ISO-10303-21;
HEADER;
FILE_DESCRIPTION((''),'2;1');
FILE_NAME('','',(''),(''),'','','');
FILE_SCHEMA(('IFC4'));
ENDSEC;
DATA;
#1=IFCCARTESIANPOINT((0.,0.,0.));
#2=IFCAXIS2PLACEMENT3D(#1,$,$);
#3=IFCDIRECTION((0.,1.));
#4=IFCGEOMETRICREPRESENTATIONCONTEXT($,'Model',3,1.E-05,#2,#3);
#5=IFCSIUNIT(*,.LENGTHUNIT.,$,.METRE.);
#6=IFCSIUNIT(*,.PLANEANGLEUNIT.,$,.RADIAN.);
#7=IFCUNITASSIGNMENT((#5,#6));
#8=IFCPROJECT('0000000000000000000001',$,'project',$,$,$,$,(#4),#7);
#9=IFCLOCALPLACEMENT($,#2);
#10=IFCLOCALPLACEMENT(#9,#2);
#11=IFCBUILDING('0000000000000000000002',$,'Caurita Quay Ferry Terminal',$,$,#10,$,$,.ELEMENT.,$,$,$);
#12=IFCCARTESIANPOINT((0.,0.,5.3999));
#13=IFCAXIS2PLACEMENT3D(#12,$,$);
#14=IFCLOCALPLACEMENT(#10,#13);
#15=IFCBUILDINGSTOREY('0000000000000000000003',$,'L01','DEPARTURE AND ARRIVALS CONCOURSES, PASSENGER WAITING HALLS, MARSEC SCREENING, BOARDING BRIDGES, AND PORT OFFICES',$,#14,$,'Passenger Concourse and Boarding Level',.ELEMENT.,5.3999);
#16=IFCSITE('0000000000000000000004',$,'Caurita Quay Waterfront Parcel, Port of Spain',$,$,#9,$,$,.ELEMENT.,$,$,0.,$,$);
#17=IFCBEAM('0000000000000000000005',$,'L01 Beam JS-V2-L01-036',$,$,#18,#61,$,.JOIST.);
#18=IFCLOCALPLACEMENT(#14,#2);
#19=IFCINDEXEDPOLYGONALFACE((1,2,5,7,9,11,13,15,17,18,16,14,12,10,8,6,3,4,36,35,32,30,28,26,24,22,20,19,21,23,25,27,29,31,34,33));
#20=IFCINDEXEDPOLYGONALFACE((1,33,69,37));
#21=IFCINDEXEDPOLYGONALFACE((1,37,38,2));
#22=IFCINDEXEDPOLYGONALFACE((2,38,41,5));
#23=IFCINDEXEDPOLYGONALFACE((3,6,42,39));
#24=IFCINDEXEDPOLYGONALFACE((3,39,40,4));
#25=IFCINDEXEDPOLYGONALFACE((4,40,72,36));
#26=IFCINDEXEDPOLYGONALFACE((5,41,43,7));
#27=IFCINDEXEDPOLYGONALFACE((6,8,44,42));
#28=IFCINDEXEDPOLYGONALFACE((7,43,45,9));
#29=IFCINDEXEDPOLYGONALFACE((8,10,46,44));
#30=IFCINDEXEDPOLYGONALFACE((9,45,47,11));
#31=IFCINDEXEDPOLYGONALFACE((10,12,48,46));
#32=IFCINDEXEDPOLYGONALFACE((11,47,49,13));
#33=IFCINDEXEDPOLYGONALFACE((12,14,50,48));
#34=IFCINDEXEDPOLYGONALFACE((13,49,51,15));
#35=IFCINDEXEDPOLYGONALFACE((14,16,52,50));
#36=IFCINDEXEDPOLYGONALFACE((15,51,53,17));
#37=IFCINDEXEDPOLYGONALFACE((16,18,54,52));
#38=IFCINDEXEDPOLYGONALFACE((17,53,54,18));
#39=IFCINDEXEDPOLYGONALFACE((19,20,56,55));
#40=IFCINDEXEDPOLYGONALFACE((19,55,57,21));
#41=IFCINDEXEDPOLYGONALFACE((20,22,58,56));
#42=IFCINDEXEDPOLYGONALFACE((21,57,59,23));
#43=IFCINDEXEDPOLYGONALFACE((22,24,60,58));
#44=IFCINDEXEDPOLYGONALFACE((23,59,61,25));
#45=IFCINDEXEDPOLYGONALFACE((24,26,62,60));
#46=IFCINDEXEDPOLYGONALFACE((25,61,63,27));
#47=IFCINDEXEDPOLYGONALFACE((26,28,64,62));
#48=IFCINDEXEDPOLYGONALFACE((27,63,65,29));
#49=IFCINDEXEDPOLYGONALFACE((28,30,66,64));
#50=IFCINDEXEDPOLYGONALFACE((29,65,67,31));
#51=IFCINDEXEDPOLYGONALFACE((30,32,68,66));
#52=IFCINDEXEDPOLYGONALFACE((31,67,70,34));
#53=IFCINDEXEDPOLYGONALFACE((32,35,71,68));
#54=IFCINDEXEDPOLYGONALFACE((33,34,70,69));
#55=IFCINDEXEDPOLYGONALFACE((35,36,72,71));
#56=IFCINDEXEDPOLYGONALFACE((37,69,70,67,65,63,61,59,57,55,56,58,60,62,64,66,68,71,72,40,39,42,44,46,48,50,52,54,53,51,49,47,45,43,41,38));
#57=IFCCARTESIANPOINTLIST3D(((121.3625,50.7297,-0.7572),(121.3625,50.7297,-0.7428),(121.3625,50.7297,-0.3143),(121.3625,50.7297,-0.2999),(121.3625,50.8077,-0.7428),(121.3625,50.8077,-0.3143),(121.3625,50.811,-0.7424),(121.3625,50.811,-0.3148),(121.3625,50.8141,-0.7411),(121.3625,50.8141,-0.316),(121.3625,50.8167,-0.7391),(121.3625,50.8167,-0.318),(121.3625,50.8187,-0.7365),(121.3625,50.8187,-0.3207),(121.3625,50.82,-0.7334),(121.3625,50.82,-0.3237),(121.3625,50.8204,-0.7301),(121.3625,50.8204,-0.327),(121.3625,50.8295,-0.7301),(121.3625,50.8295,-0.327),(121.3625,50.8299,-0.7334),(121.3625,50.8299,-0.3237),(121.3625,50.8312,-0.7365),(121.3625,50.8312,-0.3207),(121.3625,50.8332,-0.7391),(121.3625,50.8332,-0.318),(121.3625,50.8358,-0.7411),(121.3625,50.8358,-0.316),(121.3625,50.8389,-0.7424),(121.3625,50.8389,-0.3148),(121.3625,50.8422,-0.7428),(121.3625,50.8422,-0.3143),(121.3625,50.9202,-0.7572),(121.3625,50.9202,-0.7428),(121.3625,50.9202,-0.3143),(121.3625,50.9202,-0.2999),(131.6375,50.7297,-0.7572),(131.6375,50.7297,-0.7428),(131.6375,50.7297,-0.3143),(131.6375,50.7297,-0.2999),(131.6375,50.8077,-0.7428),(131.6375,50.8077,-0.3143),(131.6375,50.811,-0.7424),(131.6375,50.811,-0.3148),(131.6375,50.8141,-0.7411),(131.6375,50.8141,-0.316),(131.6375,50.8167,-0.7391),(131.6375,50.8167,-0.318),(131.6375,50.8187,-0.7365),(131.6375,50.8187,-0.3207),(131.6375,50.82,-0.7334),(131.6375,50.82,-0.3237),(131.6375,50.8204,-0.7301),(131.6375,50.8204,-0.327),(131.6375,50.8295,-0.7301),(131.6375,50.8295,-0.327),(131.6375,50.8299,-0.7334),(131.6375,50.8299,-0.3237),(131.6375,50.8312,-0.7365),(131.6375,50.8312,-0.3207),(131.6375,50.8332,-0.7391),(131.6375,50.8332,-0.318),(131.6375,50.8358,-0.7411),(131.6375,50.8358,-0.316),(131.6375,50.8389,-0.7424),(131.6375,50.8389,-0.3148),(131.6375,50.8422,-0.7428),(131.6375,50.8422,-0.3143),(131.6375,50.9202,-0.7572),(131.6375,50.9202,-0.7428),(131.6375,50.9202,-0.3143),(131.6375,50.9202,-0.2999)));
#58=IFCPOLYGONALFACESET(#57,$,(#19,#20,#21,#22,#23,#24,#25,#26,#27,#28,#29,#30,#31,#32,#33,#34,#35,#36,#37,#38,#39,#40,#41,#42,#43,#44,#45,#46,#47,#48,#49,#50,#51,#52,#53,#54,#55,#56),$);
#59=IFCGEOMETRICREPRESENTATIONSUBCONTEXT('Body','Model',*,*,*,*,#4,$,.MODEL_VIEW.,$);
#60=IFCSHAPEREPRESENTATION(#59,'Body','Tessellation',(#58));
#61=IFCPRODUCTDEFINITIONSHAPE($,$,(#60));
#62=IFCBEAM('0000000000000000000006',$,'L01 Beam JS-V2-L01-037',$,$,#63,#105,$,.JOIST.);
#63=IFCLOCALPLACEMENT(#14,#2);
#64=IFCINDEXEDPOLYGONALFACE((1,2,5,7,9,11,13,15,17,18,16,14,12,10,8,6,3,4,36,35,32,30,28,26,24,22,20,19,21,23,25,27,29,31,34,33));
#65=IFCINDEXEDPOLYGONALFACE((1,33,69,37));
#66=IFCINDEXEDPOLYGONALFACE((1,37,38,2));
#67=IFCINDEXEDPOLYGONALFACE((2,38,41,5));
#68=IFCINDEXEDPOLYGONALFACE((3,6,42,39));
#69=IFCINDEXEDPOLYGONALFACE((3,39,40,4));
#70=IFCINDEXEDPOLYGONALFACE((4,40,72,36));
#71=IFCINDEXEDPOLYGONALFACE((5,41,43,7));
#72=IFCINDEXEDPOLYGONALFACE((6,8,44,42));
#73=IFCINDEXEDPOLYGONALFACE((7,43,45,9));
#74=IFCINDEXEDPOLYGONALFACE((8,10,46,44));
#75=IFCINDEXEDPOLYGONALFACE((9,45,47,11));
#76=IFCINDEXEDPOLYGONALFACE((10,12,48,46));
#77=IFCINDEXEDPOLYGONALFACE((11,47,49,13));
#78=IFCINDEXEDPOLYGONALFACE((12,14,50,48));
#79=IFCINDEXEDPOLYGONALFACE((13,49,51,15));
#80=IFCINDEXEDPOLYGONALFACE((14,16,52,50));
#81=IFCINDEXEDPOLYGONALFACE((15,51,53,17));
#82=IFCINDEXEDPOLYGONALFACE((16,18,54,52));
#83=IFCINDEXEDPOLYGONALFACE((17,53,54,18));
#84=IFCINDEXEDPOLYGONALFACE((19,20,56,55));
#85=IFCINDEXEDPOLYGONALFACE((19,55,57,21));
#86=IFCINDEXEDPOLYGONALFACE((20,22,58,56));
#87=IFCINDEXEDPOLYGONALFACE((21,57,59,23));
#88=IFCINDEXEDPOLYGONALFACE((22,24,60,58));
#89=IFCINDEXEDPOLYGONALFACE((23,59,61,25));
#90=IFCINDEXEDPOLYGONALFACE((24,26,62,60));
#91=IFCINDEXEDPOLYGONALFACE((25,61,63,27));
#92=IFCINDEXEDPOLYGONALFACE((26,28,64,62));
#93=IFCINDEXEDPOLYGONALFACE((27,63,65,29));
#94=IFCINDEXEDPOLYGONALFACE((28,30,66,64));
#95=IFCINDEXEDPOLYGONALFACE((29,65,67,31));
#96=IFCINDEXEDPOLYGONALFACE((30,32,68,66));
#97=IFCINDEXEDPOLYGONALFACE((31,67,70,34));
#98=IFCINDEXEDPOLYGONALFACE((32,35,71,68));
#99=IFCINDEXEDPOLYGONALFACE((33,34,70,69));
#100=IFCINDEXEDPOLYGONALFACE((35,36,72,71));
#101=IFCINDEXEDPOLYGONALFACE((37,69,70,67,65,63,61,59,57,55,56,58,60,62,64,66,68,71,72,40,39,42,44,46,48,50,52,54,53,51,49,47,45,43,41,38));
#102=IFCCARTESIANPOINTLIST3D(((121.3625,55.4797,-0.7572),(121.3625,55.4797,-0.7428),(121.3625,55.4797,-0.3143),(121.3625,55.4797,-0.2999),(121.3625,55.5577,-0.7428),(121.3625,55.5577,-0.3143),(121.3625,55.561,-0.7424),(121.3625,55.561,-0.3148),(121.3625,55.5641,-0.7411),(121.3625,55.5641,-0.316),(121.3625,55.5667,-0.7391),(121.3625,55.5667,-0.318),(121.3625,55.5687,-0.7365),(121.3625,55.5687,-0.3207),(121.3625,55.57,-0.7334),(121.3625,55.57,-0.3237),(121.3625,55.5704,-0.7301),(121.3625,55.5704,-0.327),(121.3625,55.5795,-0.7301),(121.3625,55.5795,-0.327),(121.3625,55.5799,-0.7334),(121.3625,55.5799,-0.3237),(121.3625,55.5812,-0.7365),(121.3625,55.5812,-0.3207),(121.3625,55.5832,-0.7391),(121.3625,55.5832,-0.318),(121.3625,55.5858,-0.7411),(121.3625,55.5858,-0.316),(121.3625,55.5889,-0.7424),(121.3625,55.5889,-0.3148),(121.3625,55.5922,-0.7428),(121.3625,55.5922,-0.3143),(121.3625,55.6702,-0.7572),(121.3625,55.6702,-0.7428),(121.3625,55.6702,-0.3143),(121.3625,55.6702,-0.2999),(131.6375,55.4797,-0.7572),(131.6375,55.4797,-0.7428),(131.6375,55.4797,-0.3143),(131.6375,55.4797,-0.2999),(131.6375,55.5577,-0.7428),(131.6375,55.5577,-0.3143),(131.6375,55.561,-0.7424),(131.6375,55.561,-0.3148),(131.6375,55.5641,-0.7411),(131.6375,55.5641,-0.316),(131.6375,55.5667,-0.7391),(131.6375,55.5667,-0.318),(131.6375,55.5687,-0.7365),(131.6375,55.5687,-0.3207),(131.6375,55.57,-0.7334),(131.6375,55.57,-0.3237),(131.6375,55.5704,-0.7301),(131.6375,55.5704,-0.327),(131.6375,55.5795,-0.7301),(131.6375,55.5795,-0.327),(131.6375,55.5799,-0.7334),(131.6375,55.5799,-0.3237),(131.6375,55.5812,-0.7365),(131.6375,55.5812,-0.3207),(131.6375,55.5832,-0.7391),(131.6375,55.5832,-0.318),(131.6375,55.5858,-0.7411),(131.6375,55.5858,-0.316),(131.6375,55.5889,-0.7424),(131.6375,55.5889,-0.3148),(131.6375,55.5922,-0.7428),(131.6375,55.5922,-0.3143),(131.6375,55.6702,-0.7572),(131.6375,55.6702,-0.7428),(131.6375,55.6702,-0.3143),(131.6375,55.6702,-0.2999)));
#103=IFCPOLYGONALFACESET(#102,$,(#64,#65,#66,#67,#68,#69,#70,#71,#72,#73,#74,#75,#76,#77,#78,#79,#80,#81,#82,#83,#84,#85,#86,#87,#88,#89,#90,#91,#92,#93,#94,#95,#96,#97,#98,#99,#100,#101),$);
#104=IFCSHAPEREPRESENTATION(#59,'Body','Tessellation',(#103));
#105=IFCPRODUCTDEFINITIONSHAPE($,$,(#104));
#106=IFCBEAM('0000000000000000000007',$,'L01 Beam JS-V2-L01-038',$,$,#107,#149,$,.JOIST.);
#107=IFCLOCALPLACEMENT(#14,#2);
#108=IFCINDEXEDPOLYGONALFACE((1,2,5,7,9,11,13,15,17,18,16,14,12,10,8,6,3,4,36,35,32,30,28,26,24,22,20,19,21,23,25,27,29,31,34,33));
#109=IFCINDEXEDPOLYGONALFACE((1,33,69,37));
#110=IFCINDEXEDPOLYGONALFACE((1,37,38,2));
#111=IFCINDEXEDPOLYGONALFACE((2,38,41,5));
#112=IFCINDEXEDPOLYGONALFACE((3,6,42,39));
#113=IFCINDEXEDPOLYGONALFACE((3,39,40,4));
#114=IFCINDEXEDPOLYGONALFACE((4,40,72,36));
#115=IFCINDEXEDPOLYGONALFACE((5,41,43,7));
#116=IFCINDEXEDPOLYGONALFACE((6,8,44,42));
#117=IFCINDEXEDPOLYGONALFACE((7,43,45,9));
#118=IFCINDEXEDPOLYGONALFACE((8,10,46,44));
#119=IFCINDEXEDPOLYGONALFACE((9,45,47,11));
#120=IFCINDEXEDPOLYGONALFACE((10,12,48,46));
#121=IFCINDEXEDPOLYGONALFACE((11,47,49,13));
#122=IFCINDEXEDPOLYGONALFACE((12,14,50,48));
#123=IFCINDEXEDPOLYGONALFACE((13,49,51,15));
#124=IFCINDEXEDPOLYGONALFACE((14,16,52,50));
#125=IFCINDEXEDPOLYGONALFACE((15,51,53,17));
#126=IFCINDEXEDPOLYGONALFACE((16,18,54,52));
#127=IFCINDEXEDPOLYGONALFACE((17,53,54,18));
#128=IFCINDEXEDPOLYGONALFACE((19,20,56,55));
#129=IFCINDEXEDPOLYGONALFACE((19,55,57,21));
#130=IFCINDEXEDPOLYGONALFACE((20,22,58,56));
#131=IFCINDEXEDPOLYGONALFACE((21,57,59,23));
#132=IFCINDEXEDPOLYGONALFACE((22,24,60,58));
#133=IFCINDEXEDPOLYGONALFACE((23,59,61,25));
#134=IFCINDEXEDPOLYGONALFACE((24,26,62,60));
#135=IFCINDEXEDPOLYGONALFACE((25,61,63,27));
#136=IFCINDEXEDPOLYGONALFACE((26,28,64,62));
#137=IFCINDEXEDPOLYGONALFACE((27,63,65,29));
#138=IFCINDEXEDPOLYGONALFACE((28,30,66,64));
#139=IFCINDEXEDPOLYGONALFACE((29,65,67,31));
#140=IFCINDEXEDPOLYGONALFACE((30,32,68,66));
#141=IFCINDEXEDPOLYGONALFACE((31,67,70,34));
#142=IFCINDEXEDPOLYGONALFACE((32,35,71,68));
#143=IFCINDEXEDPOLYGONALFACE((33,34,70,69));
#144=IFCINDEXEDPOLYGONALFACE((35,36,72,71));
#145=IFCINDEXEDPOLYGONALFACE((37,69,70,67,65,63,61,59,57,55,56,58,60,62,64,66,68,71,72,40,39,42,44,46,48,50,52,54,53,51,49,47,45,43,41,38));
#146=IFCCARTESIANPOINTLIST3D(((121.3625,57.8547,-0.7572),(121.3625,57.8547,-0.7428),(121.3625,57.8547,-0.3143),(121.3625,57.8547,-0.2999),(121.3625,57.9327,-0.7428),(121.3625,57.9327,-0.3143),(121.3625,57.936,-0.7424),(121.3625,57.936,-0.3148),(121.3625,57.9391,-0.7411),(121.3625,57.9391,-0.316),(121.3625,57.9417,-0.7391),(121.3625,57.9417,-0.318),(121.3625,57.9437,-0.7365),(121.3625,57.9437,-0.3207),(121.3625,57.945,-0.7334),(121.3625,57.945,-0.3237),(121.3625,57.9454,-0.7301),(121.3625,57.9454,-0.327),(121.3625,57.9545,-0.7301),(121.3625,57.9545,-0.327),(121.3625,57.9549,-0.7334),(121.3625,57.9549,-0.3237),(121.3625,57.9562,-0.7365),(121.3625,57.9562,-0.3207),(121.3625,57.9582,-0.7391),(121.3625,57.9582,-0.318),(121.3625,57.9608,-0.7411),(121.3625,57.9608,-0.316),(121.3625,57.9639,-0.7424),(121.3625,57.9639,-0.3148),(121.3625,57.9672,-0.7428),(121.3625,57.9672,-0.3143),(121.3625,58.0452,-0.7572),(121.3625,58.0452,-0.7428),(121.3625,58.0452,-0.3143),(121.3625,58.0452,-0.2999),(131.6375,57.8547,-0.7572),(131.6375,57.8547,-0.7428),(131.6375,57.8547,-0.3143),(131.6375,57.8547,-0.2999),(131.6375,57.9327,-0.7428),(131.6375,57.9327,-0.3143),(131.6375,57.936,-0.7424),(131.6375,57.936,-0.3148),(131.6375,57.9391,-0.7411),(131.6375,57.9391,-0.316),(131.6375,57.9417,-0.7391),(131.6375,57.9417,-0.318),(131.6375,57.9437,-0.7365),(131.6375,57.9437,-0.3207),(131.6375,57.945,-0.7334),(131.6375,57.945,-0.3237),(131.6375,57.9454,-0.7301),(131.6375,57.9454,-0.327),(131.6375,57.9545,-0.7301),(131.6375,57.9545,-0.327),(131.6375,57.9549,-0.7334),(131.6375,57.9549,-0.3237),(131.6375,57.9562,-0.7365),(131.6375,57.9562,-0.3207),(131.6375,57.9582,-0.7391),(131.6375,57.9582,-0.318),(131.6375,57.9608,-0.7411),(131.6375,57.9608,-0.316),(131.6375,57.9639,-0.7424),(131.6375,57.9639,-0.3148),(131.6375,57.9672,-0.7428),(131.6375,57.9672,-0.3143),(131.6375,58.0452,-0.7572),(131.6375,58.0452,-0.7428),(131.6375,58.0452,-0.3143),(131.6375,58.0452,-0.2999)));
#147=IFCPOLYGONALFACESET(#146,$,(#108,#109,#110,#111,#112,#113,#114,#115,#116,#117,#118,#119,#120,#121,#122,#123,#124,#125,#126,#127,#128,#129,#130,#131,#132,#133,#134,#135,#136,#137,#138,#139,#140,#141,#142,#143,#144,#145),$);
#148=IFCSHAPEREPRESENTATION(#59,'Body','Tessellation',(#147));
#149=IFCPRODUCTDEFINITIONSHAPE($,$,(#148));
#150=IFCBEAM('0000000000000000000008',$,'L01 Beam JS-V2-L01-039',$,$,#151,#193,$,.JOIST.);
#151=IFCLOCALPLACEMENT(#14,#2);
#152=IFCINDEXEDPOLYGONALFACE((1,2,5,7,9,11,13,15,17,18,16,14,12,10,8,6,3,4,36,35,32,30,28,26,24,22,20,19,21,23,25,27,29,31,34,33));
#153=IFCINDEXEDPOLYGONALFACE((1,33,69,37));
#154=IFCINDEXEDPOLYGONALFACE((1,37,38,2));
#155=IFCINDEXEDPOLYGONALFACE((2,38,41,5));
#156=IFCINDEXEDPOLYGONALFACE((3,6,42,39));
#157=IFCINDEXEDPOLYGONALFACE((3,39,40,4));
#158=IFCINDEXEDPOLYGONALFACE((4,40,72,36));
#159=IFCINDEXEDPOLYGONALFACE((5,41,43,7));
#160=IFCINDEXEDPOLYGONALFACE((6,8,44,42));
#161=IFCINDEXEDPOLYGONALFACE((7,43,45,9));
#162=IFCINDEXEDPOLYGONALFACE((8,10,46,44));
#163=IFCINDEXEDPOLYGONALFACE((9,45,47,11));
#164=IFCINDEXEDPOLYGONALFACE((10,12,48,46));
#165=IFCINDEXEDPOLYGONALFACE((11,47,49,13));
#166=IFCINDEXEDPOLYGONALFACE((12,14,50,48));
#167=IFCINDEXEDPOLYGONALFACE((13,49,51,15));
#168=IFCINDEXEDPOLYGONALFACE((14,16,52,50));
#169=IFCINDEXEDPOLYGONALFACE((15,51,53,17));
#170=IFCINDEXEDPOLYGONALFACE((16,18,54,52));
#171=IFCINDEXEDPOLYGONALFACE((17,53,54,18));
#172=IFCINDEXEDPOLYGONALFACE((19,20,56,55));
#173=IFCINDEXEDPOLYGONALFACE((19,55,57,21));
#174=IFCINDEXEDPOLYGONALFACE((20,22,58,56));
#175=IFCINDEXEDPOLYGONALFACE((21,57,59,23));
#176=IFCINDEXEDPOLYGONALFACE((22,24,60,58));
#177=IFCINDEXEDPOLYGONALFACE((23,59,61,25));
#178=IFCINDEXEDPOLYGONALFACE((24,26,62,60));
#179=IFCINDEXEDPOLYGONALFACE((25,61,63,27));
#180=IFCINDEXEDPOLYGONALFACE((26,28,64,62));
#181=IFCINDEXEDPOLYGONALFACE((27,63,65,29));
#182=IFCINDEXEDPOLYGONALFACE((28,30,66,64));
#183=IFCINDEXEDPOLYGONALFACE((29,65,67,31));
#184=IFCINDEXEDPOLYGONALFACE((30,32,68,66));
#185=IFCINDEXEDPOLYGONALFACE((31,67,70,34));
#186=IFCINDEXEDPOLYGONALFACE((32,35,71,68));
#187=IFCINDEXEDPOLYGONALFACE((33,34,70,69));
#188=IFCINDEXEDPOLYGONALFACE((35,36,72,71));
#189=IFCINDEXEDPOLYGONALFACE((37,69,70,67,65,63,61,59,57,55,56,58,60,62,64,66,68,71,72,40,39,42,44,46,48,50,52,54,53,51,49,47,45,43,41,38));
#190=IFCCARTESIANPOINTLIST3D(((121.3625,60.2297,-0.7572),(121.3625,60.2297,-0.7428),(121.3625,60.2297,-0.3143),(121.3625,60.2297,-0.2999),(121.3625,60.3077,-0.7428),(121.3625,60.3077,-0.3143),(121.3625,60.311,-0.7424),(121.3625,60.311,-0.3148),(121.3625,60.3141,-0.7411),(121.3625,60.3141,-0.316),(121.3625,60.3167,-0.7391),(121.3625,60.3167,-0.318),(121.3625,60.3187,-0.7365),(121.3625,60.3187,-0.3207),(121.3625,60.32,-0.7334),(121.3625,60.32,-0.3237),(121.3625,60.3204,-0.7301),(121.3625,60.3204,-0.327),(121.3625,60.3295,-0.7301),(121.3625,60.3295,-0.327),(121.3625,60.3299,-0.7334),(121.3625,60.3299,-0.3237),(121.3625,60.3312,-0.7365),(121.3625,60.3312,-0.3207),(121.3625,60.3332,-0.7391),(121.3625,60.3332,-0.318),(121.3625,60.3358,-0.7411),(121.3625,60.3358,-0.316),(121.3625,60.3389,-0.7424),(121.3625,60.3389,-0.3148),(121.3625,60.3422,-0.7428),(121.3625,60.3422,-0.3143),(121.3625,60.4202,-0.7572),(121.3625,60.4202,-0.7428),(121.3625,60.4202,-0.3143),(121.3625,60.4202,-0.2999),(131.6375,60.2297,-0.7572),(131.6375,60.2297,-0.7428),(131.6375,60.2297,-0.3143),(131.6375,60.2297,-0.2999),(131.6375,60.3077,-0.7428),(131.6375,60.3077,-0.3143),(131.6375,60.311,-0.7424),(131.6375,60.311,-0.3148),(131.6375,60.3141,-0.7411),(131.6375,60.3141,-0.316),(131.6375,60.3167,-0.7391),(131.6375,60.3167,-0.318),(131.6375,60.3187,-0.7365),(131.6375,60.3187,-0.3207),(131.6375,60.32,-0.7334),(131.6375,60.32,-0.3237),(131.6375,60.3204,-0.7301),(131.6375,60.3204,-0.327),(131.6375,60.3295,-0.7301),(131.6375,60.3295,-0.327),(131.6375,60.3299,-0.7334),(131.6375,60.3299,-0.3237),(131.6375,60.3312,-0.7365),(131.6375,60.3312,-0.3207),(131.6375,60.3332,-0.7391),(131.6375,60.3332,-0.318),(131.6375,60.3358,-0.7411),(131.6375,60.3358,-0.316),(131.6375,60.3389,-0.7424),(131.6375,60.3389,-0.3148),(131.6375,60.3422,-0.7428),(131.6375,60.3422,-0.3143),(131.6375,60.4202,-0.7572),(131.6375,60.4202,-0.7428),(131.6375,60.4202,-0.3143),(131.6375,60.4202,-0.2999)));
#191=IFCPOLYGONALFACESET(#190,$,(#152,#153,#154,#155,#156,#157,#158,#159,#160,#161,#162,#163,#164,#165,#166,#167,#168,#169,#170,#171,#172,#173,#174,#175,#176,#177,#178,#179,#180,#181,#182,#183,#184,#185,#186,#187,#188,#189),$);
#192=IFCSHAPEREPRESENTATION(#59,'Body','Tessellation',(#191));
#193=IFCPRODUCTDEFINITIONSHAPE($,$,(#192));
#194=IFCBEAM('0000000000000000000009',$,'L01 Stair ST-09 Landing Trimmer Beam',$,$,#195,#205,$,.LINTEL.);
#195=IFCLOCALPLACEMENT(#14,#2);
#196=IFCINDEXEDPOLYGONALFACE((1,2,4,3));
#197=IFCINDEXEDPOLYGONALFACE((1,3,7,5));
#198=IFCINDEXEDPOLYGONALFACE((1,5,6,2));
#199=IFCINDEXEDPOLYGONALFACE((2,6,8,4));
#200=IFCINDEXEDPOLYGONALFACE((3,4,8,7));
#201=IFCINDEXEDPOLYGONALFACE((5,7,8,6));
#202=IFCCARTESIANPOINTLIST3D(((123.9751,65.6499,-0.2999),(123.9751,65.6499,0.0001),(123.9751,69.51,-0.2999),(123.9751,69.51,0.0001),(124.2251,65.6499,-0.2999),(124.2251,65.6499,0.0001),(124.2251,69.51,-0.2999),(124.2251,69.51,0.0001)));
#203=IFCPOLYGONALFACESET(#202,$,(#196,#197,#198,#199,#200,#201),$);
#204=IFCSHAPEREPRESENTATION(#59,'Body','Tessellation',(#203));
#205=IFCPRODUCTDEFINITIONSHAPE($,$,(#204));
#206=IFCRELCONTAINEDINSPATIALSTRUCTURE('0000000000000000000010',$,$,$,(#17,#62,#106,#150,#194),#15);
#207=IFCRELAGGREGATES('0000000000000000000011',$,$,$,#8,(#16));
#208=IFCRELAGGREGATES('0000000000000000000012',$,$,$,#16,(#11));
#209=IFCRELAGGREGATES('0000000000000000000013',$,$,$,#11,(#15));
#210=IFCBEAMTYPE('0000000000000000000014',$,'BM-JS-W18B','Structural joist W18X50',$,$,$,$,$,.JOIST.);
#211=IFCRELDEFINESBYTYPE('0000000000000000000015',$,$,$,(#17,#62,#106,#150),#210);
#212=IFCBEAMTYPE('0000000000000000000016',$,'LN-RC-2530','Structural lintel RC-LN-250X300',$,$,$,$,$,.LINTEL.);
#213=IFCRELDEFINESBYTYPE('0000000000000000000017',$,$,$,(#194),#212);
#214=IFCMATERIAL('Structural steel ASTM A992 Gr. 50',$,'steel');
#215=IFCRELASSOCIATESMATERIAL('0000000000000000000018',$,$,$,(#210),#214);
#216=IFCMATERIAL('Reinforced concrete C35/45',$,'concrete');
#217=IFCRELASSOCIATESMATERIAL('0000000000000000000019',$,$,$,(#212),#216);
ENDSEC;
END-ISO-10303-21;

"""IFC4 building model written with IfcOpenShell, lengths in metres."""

from ifc_helpers import new_model, si_unit, direction, frame, origin, origin_2d, place, context, subcontext, project, spatial, rectangle, i_section, extrude, material, material_profile, profile_set, type_object, element, save


model = new_model("IFC4")

# Units and contexts
model_context = context("Model", 3, precision=1e-05, world=origin(), true_north=direction((0.0, 1.0)))
body_context = subcontext(model_context, "Body", "Model", "MODEL_VIEW")
ifc_project = project(units=[si_unit("LENGTHUNIT", "METRE"), si_unit("PLANEANGLEUNIT", "RADIAN")], contexts=[model_context])

# Site, building, storey
site_placement = place(None, origin())
site = spatial("IfcSite", under=ifc_project, at=site_placement, Name="Caurita Quay Waterfront Parcel, Port of Spain", CompositionType="ELEMENT", RefElevation=0.0)
building_placement = place(site_placement, origin())
building = spatial("IfcBuilding", under=site, at=building_placement, Name="Caurita Quay Ferry Terminal", CompositionType="ELEMENT")
storey_placement = place(building_placement, frame((0.0, 0.0, 5.3999)))
storey = spatial("IfcBuildingStorey", under=building, at=storey_placement, Name="L01", Description="DEPARTURE AND ARRIVALS CONCOURSES, PASSENGER WAITING HALLS, MARSEC SCREENING, BOARDING BRIDGES, AND PORT OFFICES", LongName="Passenger Concourse and Boarding Level", CompositionType="ELEMENT", Elevation=5.3999)

# Beams
ifc_material_1 = material(Name="Structural steel ASTM A992 Gr. 50", Category="steel")
ifc_material_profile_1 = material_profile(ifc_material_1, i_section(OverallWidth=0.1904, OverallDepth=0.4573, WebThickness=0.009, FlangeThickness=0.0144, FilletRadius=0.0127, at=origin_2d()), Name="W18X50")
ifc_profile_set_1 = profile_set([ifc_material_profile_1], Name="Structural steel ASTM A992 Gr. 50")
beam_type_1 = type_object("IfcBeamType", Name="BM-JS-W18B", Description="Structural joist W18X50", PredefinedType="JOIST", material=ifc_profile_set_1)
for number, where, z_axis, x_axis, name in (
    (1, (121.3625, 50.825, -0.5286), (1.0, 0.0, 0.0), (0.0, 1.0, 0.0), "L01 Beam JS-V2-L01-036"),
    (2, (121.3625, 55.575, -0.5286), (1.0, 0.0, 0.0), (0.0, 1.0, 0.0), "L01 Beam JS-V2-L01-037"),
    (3, (121.3625, 57.95, -0.5286), (1.0, 0.0, 0.0), (0.0, 1.0, 0.0), "L01 Beam JS-V2-L01-038"),
    (4, (121.3625, 60.325, -0.5286), (1.0, 0.0, 0.0), (0.0, 1.0, 0.0), "L01 Beam JS-V2-L01-039"),
):
    element("IfcBeam", number, at=place(storey_placement, frame(where, z_axis=z_axis, x_axis=x_axis)), inside=storey, type_object=beam_type_1, Name=name, PredefinedType="JOIST", context=body_context, shape_type="SweptSolid", body=[
        extrude(i_section(OverallWidth=0.1904, OverallDepth=0.4573, WebThickness=0.009, FlangeThickness=0.0144, FilletRadius=0.0127, at=origin_2d()), origin(), (0.0, 0.0, 1.0), 10.2749),
    ])
ifc_material_2 = material(Name="Reinforced concrete C35/45", Category="concrete")
ifc_material_profile_2 = material_profile(ifc_material_2, rectangle(XDim=0.25, YDim=0.3, at=origin_2d()), Name="RC-LN-250X300")
ifc_profile_set_2 = profile_set([ifc_material_profile_2], Name="Reinforced concrete C35/45")
beam_type_2 = type_object("IfcBeamType", Name="LN-RC-2530", Description="Structural lintel RC-LN-250X300", PredefinedType="LINTEL", material=ifc_profile_set_2)
beam_1_placement = place(storey_placement, frame((124.1001, 65.6499, -0.1499), z_axis=(0.0, 1.0, 0.0), x_axis=(-1.0, 0.0, 0.0)))
element("IfcBeam", 5, at=beam_1_placement, inside=storey, type_object=beam_type_2, Name="L01 Stair ST-09 Landing Trimmer Beam", PredefinedType="LINTEL", context=body_context, shape_type="SweptSolid", body=[
    extrude(rectangle(XDim=0.25, YDim=0.3, at=origin_2d()), origin(), (0.0, 0.0, 1.0), 3.8601),
])

save(model, "model.ifc")
